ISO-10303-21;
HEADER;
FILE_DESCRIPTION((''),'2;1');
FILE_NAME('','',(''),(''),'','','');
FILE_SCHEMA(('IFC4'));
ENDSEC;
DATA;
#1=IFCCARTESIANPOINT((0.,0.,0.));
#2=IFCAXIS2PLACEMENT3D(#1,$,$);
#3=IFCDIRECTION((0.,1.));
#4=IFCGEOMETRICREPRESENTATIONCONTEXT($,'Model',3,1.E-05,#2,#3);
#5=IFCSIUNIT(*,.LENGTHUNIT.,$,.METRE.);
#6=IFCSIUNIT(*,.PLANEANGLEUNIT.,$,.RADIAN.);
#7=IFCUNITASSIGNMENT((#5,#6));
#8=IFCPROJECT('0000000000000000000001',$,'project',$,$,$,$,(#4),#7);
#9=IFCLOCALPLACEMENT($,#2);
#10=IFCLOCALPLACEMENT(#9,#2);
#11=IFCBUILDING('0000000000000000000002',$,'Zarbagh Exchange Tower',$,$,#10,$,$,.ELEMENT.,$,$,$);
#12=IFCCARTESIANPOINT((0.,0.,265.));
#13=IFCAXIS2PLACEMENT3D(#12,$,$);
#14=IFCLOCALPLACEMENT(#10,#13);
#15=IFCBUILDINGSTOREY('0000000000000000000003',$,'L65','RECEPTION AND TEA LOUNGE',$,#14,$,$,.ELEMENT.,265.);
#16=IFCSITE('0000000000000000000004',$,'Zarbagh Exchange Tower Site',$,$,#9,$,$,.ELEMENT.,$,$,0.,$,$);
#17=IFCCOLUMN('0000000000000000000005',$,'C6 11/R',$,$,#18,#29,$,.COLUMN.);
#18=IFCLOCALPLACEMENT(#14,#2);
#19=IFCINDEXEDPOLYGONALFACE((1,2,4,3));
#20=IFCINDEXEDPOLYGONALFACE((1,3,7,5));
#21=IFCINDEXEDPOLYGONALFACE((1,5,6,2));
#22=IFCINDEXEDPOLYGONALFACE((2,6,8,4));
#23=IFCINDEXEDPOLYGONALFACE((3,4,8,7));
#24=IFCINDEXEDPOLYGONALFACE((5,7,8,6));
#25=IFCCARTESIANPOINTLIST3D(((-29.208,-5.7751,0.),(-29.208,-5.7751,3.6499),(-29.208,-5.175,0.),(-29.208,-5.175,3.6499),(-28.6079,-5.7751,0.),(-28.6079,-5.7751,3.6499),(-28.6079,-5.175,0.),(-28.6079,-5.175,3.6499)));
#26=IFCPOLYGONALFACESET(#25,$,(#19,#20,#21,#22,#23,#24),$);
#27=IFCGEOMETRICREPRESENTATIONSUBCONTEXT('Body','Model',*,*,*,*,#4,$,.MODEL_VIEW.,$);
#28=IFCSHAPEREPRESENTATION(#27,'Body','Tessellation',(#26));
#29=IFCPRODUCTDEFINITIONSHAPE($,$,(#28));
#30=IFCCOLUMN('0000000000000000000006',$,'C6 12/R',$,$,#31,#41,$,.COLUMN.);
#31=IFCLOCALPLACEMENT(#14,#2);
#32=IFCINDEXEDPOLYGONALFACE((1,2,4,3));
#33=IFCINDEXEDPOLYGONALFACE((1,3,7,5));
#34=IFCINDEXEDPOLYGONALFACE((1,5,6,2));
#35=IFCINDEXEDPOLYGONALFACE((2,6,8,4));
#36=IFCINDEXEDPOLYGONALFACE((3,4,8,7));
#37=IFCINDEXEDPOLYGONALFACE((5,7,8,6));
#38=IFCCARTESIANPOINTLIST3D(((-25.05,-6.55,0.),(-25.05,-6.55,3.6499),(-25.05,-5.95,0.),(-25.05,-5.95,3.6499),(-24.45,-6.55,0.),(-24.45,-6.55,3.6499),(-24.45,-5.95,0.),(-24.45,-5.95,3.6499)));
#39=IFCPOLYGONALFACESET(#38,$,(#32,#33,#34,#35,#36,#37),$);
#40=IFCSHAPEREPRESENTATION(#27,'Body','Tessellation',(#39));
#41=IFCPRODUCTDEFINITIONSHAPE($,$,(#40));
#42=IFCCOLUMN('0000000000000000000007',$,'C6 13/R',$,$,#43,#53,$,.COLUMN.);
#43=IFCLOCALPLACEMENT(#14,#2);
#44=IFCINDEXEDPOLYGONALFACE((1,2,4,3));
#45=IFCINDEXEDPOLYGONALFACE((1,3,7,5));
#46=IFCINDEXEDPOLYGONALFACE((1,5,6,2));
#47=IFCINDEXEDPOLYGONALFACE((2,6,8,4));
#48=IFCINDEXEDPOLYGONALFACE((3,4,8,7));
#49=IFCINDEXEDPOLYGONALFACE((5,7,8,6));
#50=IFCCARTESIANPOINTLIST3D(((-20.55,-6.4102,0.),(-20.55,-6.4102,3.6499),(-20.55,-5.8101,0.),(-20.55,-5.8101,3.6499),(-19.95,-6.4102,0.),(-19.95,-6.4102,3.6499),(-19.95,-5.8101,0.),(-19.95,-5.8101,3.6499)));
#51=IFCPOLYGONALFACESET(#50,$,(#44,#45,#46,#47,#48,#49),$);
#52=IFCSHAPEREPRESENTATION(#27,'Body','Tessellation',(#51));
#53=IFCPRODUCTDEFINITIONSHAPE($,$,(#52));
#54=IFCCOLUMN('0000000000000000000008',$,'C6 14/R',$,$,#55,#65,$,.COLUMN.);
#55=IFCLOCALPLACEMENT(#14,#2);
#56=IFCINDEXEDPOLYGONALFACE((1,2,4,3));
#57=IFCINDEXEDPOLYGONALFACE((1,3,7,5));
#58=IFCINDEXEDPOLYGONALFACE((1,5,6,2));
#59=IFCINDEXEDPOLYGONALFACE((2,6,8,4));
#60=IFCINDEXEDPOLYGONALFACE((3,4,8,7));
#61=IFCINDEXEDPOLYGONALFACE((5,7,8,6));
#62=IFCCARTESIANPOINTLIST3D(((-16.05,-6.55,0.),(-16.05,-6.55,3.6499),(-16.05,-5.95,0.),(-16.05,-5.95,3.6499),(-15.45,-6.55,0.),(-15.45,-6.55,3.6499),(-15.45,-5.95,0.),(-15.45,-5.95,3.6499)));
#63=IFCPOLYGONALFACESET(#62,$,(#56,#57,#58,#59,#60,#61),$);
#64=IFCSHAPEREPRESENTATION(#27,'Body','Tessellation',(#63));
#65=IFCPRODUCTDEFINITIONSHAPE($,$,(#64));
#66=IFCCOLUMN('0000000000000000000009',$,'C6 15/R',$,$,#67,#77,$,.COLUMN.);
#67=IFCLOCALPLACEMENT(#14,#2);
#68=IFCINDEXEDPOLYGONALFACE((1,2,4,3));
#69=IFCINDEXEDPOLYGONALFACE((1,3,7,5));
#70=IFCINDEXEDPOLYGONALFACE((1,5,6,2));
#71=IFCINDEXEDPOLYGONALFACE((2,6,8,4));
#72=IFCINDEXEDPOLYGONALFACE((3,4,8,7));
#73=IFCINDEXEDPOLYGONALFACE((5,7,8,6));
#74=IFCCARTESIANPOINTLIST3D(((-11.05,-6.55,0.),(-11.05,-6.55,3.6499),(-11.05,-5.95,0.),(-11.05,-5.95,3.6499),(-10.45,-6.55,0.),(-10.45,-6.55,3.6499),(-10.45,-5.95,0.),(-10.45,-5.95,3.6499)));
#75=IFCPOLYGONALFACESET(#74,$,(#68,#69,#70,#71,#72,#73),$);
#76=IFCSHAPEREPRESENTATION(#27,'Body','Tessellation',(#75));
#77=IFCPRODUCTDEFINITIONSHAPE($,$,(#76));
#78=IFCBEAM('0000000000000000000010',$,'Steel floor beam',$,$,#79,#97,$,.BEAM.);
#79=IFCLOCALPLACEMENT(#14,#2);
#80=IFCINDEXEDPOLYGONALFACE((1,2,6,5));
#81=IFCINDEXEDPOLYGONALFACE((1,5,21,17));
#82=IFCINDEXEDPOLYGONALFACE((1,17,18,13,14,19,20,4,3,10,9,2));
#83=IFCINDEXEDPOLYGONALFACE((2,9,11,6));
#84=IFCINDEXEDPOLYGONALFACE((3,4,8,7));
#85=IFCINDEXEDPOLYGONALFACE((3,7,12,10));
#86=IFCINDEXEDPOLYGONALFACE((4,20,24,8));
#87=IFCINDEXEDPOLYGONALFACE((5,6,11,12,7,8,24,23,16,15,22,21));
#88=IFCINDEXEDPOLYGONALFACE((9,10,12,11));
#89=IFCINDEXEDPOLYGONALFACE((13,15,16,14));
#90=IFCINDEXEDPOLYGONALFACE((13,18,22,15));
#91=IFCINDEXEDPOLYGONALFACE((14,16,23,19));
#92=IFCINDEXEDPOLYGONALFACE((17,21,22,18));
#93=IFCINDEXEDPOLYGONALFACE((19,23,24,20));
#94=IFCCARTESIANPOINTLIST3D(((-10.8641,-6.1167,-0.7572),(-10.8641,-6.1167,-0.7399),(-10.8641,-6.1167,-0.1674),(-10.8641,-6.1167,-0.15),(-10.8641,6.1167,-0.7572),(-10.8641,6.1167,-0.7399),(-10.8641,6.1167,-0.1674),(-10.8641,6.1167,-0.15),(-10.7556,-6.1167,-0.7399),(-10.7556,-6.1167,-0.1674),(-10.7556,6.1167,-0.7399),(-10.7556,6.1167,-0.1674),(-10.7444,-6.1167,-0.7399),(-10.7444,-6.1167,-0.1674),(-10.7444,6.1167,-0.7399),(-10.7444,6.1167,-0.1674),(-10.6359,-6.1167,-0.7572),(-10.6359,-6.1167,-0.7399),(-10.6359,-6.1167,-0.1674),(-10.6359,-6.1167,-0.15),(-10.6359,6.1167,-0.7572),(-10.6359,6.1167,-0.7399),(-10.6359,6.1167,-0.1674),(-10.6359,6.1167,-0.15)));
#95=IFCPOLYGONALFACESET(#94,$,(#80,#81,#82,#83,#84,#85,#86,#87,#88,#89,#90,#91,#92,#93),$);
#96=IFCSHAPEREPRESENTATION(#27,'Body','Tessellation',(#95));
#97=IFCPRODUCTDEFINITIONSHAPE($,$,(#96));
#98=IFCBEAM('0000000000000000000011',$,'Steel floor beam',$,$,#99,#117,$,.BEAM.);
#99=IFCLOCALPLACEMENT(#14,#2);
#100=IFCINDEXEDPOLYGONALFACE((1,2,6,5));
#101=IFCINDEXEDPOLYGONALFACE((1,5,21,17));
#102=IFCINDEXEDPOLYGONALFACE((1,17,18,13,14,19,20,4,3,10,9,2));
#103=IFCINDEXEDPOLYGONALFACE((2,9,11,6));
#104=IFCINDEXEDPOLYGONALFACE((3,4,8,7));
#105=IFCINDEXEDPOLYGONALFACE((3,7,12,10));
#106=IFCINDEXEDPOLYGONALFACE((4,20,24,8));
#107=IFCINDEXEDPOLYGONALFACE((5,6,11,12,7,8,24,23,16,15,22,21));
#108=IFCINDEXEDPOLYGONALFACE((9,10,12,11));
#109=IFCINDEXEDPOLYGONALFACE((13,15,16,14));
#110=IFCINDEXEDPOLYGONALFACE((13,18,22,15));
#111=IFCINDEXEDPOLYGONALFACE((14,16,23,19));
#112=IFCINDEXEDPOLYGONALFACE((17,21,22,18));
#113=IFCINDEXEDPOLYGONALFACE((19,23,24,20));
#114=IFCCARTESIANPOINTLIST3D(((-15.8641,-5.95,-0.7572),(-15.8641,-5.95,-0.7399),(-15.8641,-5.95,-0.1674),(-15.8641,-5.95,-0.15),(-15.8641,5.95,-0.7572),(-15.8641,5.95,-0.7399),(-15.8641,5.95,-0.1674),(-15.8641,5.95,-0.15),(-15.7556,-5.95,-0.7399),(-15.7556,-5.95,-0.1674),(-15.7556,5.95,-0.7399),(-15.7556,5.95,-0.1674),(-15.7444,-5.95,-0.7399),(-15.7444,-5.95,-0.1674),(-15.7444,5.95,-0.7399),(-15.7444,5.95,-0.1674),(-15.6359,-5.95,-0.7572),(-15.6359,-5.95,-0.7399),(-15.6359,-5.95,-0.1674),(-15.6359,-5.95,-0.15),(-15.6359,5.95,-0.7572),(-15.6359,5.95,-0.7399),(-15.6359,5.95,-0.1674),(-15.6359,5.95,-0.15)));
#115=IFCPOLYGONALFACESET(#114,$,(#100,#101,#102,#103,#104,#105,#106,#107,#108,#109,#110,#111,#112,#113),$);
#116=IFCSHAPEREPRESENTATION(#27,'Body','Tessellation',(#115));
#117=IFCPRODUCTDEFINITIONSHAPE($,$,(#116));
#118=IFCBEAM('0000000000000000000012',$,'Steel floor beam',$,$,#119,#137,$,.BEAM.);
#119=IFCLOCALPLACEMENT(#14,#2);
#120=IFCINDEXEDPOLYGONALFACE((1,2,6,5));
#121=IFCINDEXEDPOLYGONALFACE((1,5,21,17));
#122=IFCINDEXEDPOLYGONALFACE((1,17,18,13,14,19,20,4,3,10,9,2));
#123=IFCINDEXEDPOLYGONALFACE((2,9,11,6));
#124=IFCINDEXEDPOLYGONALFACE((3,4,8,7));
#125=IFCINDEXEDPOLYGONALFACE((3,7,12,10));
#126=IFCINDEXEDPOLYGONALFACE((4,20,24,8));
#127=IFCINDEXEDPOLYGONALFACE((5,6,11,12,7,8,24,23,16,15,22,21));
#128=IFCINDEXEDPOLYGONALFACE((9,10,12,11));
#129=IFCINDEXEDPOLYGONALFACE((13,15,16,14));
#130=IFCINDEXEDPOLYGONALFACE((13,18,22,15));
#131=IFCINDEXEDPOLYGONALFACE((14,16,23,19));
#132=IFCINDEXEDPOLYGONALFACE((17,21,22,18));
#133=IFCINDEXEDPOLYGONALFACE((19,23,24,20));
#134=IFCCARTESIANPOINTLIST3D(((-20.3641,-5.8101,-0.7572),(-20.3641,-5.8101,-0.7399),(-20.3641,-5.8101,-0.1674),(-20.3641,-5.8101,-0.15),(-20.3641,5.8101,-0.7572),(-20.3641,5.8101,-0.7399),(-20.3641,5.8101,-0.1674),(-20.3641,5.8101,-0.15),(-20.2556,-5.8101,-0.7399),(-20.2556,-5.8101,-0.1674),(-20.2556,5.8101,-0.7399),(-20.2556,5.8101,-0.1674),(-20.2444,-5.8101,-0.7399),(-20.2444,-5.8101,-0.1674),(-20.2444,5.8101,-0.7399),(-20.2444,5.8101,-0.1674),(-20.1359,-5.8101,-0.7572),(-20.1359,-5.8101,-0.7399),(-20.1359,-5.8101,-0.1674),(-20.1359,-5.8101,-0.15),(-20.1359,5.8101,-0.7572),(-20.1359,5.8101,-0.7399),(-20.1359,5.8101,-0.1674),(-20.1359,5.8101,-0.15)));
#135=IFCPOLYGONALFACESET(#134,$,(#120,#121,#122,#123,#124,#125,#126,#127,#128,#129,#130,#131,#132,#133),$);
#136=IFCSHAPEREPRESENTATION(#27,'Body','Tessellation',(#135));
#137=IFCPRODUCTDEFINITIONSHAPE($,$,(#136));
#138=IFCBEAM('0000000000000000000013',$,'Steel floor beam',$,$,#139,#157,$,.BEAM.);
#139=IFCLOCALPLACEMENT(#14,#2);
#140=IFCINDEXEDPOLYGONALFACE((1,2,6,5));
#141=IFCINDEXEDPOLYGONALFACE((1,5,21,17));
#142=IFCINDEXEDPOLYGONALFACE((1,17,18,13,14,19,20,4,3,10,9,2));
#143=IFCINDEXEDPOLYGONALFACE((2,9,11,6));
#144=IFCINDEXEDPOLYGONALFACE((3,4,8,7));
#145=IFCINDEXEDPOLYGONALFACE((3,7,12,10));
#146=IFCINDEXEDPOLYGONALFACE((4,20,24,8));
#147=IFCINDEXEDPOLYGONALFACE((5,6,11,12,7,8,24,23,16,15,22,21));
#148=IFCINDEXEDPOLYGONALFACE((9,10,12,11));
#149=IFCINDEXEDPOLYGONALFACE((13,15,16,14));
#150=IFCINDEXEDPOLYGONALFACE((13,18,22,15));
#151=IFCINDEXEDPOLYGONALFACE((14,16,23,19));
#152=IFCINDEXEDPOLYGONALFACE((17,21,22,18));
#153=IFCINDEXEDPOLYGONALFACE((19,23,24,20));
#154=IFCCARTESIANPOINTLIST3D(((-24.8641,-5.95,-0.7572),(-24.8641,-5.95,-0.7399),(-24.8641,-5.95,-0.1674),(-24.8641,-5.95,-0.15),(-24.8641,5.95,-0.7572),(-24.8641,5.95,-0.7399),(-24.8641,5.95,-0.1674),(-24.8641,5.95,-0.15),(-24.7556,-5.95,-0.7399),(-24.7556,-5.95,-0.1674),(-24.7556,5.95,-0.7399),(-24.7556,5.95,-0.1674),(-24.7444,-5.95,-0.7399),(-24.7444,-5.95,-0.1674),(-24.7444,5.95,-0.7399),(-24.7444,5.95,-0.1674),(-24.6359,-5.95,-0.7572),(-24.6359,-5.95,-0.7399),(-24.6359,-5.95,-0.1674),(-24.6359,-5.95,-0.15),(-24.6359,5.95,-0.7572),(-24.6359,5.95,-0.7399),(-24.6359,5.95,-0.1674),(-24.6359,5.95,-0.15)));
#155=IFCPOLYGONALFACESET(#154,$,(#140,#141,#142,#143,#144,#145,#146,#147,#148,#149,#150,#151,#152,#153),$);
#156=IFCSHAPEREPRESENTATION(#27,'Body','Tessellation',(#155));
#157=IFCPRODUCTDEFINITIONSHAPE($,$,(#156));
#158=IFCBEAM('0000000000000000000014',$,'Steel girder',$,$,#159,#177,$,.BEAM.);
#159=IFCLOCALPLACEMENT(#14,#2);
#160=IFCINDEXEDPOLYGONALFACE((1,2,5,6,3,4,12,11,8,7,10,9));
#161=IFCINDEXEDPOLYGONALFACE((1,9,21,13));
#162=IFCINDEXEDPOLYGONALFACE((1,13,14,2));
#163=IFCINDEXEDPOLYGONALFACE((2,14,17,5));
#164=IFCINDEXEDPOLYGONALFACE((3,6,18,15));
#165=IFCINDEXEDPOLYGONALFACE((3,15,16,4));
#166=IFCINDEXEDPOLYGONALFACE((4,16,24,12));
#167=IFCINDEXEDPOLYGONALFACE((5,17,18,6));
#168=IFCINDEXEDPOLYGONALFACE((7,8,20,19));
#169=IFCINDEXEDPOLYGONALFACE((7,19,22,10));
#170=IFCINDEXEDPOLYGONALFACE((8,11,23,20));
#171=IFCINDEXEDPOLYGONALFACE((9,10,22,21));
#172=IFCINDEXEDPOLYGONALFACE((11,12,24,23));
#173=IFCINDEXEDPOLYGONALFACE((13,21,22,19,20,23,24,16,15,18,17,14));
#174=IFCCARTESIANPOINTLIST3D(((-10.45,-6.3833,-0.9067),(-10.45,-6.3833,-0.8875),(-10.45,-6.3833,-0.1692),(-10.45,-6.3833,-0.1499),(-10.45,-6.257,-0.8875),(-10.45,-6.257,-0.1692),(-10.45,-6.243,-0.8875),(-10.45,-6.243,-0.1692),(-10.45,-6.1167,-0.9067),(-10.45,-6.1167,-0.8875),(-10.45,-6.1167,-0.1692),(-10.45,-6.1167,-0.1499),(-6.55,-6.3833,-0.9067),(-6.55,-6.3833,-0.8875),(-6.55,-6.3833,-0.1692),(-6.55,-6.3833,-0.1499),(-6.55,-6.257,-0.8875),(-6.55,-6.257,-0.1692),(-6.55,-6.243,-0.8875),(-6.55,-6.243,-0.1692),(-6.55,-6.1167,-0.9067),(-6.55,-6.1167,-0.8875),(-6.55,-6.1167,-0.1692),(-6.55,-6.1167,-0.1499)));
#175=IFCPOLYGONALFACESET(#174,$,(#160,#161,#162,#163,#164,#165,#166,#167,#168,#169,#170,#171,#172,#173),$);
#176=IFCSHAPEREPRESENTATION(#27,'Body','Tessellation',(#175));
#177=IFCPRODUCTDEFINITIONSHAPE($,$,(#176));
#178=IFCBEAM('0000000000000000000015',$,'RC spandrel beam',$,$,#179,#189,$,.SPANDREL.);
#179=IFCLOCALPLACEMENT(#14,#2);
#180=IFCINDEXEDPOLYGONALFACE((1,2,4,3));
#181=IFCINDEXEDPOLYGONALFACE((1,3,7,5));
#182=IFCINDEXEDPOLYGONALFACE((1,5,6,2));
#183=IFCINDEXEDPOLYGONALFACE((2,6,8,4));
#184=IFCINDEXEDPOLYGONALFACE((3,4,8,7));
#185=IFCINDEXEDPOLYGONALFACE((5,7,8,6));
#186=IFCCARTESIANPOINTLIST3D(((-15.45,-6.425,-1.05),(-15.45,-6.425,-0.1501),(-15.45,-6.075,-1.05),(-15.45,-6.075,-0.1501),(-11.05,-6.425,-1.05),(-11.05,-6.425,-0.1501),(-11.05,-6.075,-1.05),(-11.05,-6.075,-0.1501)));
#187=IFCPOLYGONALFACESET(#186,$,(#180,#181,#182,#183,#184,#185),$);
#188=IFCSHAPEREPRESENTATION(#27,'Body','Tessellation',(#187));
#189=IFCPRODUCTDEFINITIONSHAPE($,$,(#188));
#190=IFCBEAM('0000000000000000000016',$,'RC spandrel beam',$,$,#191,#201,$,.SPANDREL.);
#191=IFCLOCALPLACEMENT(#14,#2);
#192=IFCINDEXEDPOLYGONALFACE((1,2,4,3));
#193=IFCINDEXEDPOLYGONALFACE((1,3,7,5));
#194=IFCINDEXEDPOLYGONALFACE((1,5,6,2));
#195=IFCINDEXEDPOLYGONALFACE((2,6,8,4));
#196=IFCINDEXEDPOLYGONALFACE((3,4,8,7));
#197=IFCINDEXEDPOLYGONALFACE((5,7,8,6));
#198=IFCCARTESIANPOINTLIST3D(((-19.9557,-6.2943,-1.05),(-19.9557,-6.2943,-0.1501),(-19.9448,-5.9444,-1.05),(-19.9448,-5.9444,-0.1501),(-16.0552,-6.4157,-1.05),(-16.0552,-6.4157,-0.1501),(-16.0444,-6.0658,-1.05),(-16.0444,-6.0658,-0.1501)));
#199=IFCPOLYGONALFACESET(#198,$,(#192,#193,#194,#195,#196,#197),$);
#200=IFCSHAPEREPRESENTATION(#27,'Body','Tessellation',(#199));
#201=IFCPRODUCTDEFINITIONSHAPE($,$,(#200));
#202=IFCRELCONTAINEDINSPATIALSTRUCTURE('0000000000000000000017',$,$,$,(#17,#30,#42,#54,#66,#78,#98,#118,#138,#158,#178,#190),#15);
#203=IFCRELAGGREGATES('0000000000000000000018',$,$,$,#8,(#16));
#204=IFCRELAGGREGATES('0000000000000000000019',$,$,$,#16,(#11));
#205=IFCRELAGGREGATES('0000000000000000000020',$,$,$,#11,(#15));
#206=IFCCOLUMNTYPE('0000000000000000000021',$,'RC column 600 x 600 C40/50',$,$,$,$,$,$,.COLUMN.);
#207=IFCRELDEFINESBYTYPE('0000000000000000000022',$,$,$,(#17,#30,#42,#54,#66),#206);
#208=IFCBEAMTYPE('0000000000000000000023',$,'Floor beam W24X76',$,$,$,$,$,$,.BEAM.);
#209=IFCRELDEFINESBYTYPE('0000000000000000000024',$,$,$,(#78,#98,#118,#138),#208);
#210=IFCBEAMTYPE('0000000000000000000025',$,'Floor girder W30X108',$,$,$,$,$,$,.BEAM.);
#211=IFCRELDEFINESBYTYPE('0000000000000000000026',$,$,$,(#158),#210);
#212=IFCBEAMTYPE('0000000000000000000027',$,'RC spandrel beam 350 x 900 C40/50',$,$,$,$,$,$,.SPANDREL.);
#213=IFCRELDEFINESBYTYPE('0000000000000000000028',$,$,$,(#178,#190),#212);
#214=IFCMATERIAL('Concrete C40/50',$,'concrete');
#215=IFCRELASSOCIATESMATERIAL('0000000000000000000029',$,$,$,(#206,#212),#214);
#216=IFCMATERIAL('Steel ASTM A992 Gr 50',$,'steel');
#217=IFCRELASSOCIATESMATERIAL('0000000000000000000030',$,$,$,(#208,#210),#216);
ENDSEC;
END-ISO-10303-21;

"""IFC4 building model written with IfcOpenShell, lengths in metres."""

from ifc_helpers import new_model, si_unit, direction, frame, origin, origin_2d, place, context, subcontext, project, spatial, rectangle, i_section, extrude, material, material_profile, profile_set, type_object, element, save


model = new_model("IFC4")

# Units and contexts
model_context = context("Model", 3, precision=1e-05, world=origin(), true_north=direction((0.0, 1.0)))
body_context = subcontext(model_context, "Body", "Model", "MODEL_VIEW")
ifc_project = project(units=[si_unit("LENGTHUNIT", "METRE"), si_unit("PLANEANGLEUNIT", "RADIAN")], contexts=[model_context])

# Site, building, storey
site_placement = place(None, origin())
site = spatial("IfcSite", under=ifc_project, at=site_placement, Name="Zarbagh Exchange Tower Site", CompositionType="ELEMENT", RefElevation=0.0)
building_placement = place(site_placement, origin())
building = spatial("IfcBuilding", under=site, at=building_placement, Name="Zarbagh Exchange Tower", CompositionType="ELEMENT")
storey_placement = place(building_placement, frame((0.0, 0.0, 265.0)))
storey = spatial("IfcBuildingStorey", under=building, at=storey_placement, Name="L65", Description="RECEPTION AND TEA LOUNGE", CompositionType="ELEMENT", Elevation=265.0)

# Columns
ifc_material_1 = material(Name="Concrete C40/50", Category="concrete")
ifc_material_profile_1 = material_profile(ifc_material_1, rectangle(XDim=0.6001, YDim=0.6001, at=origin_2d()), Name="RC column 600 x 600 C40/50")
ifc_profile_set_1 = profile_set([ifc_material_profile_1], Name="Concrete C40/50")
column_type = type_object("IfcColumnType", Name="RC column 600 x 600 C40/50", PredefinedType="COLUMN", material=ifc_profile_set_1)
for number, where, z_axis, x_axis, name in (
    (1, (-28.908, -5.4751, 0.0), (0.0, 0.0, 1.0), (1.0, 0.0, 0.0), "C6 11/R"),
    (2, (-24.75, -6.25, 0.0), (0.0, 0.0, 1.0), (1.0, 0.0, 0.0), "C6 12/R"),
    (3, (-20.25, -6.1101, 0.0), (0.0, 0.0, 1.0), (1.0, 0.0, 0.0), "C6 13/R"),
    (4, (-15.75, -6.25, 0.0), (0.0, 0.0, 1.0), (1.0, 0.0, 0.0), "C6 14/R"),
    (5, (-10.75, -6.25, 0.0), (0.0, 0.0, 1.0), (1.0, 0.0, 0.0), "C6 15/R"),
):
    element("IfcColumn", number, at=place(storey_placement, frame(where, z_axis=z_axis, x_axis=x_axis)), inside=storey, type_object=column_type, Name=name, PredefinedType="COLUMN", context=body_context, shape_type="SweptSolid", body=[
        extrude(rectangle(XDim=0.6001, YDim=0.6001, at=origin_2d()), origin(), (0.0, 0.0, 1.0), 3.6499),
    ])

# Beams
ifc_material_2 = material(Name="Steel ASTM A992 Gr 50", Category="steel")
ifc_material_profile_2 = material_profile(ifc_material_2, i_section(OverallWidth=0.2283, OverallDepth=0.6072, WebThickness=0.0112, FlangeThickness=0.0173, at=origin_2d()), Name="W24X76")
ifc_profile_set_2 = profile_set([ifc_material_profile_2], Name="Steel ASTM A992 Gr 50")
beam_type_1 = type_object("IfcBeamType", Name="Floor beam W24X76", PredefinedType="BEAM", material=ifc_profile_set_2)
beam_1_placement = place(storey_placement, frame((-10.75, -6.1167, -0.4536), z_axis=(0.0, 1.0, 0.0), x_axis=(-1.0, 0.0, 0.0)))
element("IfcBeam", 6, at=beam_1_placement, inside=storey, type_object=beam_type_1, Name="Steel floor beam", PredefinedType="BEAM", context=body_context, shape_type="SweptSolid", body=[
    extrude(i_section(OverallWidth=0.2283, OverallDepth=0.6072, WebThickness=0.0112, FlangeThickness=0.0173, at=origin_2d()), origin(), (0.0, 0.0, 1.0), 12.2334),
])
beam_2_placement = place(storey_placement, frame((-15.75, -5.95, -0.4536), z_axis=(0.0, 1.0, 0.0), x_axis=(-1.0, 0.0, 0.0)))
element("IfcBeam", 7, at=beam_2_placement, inside=storey, type_object=beam_type_1, Name="Steel floor beam", PredefinedType="BEAM", context=body_context, shape_type="SweptSolid", body=[
    extrude(i_section(OverallWidth=0.2283, OverallDepth=0.6072, WebThickness=0.0112, FlangeThickness=0.0173, at=origin_2d()), origin(), (0.0, 0.0, 1.0), 11.8999),
])
beam_3_placement = place(storey_placement, frame((-20.25, -5.8101, -0.4536), z_axis=(0.0, 1.0, 0.0), x_axis=(-1.0, 0.0, 0.0)))
element("IfcBeam", 8, at=beam_3_placement, inside=storey, type_object=beam_type_1, Name="Steel floor beam", PredefinedType="BEAM", context=body_context, shape_type="SweptSolid", body=[
    extrude(i_section(OverallWidth=0.2283, OverallDepth=0.6072, WebThickness=0.0112, FlangeThickness=0.0173, at=origin_2d()), origin(), (0.0, 0.0, 1.0), 11.6201),
])
beam_4_placement = place(storey_placement, frame((-24.75, -5.95, -0.4536), z_axis=(0.0, 1.0, 0.0), x_axis=(-1.0, 0.0, 0.0)))
element("IfcBeam", 9, at=beam_4_placement, inside=storey, type_object=beam_type_1, Name="Steel floor beam", PredefinedType="BEAM", context=body_context, shape_type="SweptSolid", body=[
    extrude(i_section(OverallWidth=0.2283, OverallDepth=0.6072, WebThickness=0.0112, FlangeThickness=0.0173, at=origin_2d()), origin(), (0.0, 0.0, 1.0), 11.8999),
])
ifc_material_profile_3 = material_profile(ifc_material_2, i_section(OverallWidth=0.2666, OverallDepth=0.7568, WebThickness=0.0139, FlangeThickness=0.0193, at=origin_2d()), Name="W30X108")
ifc_profile_set_3 = profile_set([ifc_material_profile_3], Name="Steel ASTM A992 Gr 50")
beam_type_2 = type_object("IfcBeamType", Name="Floor girder W30X108", PredefinedType="BEAM", material=ifc_profile_set_3)
beam_5_placement = place(storey_placement, frame((-10.45, -6.25, -0.5283), z_axis=(1.0, 0.0, 0.0), x_axis=(0.0, 1.0, 0.0)))
element("IfcBeam", 10, at=beam_5_placement, inside=storey, type_object=beam_type_2, Name="Steel girder", PredefinedType="BEAM", context=body_context, shape_type="SweptSolid", body=[
    extrude(i_section(OverallWidth=0.2666, OverallDepth=0.7568, WebThickness=0.0139, FlangeThickness=0.0193, at=origin_2d()), origin(), (0.0, 0.0, 1.0), 3.8999),
])
ifc_material_profile_4 = material_profile(ifc_material_1, rectangle(XDim=0.3501, YDim=0.8999, at=origin_2d()), Name="RC spandrel beam 350 x 900 C40/50")
ifc_profile_set_4 = profile_set([ifc_material_profile_4], Name="Concrete C40/50")
beam_type_3 = type_object("IfcBeamType", Name="RC spandrel beam 350 x 900 C40/50", PredefinedType="SPANDREL", material=ifc_profile_set_4)
beam_6_placement = place(storey_placement, frame((-11.05, -6.25, -0.6001), z_axis=(-1.0, 0.0, 0.0), x_axis=(0.0, -1.0, 0.0)))
element("IfcBeam", 11, at=beam_6_placement, inside=storey, type_object=beam_type_3, Name="RC spandrel beam", PredefinedType="SPANDREL", context=body_context, shape_type="SweptSolid", body=[
    extrude(rectangle(XDim=0.3501, YDim=0.8999, at=origin_2d()), origin(), (0.0, 0.0, 1.0), 4.3999),
])
for number, where, z_axis, x_axis, name in (
    (12, (-16.0498, -6.2407, -0.6001), (-0.999516, 0.031094, 0.0), (-0.031094, -0.999516, 0.0), "RC spandrel beam"),
):
    element("IfcBeam", number, at=place(storey_placement, frame(where, z_axis=z_axis, x_axis=x_axis)), inside=storey, type_object=beam_type_3, Name=name, PredefinedType="SPANDREL", context=body_context, shape_type="SweptSolid", body=[
        extrude(rectangle(XDim=0.3501, YDim=0.8999, at=origin_2d()), origin(), (0.0, 0.0, 1.0), 3.9023),
    ])

save(model, "model.ifc")
